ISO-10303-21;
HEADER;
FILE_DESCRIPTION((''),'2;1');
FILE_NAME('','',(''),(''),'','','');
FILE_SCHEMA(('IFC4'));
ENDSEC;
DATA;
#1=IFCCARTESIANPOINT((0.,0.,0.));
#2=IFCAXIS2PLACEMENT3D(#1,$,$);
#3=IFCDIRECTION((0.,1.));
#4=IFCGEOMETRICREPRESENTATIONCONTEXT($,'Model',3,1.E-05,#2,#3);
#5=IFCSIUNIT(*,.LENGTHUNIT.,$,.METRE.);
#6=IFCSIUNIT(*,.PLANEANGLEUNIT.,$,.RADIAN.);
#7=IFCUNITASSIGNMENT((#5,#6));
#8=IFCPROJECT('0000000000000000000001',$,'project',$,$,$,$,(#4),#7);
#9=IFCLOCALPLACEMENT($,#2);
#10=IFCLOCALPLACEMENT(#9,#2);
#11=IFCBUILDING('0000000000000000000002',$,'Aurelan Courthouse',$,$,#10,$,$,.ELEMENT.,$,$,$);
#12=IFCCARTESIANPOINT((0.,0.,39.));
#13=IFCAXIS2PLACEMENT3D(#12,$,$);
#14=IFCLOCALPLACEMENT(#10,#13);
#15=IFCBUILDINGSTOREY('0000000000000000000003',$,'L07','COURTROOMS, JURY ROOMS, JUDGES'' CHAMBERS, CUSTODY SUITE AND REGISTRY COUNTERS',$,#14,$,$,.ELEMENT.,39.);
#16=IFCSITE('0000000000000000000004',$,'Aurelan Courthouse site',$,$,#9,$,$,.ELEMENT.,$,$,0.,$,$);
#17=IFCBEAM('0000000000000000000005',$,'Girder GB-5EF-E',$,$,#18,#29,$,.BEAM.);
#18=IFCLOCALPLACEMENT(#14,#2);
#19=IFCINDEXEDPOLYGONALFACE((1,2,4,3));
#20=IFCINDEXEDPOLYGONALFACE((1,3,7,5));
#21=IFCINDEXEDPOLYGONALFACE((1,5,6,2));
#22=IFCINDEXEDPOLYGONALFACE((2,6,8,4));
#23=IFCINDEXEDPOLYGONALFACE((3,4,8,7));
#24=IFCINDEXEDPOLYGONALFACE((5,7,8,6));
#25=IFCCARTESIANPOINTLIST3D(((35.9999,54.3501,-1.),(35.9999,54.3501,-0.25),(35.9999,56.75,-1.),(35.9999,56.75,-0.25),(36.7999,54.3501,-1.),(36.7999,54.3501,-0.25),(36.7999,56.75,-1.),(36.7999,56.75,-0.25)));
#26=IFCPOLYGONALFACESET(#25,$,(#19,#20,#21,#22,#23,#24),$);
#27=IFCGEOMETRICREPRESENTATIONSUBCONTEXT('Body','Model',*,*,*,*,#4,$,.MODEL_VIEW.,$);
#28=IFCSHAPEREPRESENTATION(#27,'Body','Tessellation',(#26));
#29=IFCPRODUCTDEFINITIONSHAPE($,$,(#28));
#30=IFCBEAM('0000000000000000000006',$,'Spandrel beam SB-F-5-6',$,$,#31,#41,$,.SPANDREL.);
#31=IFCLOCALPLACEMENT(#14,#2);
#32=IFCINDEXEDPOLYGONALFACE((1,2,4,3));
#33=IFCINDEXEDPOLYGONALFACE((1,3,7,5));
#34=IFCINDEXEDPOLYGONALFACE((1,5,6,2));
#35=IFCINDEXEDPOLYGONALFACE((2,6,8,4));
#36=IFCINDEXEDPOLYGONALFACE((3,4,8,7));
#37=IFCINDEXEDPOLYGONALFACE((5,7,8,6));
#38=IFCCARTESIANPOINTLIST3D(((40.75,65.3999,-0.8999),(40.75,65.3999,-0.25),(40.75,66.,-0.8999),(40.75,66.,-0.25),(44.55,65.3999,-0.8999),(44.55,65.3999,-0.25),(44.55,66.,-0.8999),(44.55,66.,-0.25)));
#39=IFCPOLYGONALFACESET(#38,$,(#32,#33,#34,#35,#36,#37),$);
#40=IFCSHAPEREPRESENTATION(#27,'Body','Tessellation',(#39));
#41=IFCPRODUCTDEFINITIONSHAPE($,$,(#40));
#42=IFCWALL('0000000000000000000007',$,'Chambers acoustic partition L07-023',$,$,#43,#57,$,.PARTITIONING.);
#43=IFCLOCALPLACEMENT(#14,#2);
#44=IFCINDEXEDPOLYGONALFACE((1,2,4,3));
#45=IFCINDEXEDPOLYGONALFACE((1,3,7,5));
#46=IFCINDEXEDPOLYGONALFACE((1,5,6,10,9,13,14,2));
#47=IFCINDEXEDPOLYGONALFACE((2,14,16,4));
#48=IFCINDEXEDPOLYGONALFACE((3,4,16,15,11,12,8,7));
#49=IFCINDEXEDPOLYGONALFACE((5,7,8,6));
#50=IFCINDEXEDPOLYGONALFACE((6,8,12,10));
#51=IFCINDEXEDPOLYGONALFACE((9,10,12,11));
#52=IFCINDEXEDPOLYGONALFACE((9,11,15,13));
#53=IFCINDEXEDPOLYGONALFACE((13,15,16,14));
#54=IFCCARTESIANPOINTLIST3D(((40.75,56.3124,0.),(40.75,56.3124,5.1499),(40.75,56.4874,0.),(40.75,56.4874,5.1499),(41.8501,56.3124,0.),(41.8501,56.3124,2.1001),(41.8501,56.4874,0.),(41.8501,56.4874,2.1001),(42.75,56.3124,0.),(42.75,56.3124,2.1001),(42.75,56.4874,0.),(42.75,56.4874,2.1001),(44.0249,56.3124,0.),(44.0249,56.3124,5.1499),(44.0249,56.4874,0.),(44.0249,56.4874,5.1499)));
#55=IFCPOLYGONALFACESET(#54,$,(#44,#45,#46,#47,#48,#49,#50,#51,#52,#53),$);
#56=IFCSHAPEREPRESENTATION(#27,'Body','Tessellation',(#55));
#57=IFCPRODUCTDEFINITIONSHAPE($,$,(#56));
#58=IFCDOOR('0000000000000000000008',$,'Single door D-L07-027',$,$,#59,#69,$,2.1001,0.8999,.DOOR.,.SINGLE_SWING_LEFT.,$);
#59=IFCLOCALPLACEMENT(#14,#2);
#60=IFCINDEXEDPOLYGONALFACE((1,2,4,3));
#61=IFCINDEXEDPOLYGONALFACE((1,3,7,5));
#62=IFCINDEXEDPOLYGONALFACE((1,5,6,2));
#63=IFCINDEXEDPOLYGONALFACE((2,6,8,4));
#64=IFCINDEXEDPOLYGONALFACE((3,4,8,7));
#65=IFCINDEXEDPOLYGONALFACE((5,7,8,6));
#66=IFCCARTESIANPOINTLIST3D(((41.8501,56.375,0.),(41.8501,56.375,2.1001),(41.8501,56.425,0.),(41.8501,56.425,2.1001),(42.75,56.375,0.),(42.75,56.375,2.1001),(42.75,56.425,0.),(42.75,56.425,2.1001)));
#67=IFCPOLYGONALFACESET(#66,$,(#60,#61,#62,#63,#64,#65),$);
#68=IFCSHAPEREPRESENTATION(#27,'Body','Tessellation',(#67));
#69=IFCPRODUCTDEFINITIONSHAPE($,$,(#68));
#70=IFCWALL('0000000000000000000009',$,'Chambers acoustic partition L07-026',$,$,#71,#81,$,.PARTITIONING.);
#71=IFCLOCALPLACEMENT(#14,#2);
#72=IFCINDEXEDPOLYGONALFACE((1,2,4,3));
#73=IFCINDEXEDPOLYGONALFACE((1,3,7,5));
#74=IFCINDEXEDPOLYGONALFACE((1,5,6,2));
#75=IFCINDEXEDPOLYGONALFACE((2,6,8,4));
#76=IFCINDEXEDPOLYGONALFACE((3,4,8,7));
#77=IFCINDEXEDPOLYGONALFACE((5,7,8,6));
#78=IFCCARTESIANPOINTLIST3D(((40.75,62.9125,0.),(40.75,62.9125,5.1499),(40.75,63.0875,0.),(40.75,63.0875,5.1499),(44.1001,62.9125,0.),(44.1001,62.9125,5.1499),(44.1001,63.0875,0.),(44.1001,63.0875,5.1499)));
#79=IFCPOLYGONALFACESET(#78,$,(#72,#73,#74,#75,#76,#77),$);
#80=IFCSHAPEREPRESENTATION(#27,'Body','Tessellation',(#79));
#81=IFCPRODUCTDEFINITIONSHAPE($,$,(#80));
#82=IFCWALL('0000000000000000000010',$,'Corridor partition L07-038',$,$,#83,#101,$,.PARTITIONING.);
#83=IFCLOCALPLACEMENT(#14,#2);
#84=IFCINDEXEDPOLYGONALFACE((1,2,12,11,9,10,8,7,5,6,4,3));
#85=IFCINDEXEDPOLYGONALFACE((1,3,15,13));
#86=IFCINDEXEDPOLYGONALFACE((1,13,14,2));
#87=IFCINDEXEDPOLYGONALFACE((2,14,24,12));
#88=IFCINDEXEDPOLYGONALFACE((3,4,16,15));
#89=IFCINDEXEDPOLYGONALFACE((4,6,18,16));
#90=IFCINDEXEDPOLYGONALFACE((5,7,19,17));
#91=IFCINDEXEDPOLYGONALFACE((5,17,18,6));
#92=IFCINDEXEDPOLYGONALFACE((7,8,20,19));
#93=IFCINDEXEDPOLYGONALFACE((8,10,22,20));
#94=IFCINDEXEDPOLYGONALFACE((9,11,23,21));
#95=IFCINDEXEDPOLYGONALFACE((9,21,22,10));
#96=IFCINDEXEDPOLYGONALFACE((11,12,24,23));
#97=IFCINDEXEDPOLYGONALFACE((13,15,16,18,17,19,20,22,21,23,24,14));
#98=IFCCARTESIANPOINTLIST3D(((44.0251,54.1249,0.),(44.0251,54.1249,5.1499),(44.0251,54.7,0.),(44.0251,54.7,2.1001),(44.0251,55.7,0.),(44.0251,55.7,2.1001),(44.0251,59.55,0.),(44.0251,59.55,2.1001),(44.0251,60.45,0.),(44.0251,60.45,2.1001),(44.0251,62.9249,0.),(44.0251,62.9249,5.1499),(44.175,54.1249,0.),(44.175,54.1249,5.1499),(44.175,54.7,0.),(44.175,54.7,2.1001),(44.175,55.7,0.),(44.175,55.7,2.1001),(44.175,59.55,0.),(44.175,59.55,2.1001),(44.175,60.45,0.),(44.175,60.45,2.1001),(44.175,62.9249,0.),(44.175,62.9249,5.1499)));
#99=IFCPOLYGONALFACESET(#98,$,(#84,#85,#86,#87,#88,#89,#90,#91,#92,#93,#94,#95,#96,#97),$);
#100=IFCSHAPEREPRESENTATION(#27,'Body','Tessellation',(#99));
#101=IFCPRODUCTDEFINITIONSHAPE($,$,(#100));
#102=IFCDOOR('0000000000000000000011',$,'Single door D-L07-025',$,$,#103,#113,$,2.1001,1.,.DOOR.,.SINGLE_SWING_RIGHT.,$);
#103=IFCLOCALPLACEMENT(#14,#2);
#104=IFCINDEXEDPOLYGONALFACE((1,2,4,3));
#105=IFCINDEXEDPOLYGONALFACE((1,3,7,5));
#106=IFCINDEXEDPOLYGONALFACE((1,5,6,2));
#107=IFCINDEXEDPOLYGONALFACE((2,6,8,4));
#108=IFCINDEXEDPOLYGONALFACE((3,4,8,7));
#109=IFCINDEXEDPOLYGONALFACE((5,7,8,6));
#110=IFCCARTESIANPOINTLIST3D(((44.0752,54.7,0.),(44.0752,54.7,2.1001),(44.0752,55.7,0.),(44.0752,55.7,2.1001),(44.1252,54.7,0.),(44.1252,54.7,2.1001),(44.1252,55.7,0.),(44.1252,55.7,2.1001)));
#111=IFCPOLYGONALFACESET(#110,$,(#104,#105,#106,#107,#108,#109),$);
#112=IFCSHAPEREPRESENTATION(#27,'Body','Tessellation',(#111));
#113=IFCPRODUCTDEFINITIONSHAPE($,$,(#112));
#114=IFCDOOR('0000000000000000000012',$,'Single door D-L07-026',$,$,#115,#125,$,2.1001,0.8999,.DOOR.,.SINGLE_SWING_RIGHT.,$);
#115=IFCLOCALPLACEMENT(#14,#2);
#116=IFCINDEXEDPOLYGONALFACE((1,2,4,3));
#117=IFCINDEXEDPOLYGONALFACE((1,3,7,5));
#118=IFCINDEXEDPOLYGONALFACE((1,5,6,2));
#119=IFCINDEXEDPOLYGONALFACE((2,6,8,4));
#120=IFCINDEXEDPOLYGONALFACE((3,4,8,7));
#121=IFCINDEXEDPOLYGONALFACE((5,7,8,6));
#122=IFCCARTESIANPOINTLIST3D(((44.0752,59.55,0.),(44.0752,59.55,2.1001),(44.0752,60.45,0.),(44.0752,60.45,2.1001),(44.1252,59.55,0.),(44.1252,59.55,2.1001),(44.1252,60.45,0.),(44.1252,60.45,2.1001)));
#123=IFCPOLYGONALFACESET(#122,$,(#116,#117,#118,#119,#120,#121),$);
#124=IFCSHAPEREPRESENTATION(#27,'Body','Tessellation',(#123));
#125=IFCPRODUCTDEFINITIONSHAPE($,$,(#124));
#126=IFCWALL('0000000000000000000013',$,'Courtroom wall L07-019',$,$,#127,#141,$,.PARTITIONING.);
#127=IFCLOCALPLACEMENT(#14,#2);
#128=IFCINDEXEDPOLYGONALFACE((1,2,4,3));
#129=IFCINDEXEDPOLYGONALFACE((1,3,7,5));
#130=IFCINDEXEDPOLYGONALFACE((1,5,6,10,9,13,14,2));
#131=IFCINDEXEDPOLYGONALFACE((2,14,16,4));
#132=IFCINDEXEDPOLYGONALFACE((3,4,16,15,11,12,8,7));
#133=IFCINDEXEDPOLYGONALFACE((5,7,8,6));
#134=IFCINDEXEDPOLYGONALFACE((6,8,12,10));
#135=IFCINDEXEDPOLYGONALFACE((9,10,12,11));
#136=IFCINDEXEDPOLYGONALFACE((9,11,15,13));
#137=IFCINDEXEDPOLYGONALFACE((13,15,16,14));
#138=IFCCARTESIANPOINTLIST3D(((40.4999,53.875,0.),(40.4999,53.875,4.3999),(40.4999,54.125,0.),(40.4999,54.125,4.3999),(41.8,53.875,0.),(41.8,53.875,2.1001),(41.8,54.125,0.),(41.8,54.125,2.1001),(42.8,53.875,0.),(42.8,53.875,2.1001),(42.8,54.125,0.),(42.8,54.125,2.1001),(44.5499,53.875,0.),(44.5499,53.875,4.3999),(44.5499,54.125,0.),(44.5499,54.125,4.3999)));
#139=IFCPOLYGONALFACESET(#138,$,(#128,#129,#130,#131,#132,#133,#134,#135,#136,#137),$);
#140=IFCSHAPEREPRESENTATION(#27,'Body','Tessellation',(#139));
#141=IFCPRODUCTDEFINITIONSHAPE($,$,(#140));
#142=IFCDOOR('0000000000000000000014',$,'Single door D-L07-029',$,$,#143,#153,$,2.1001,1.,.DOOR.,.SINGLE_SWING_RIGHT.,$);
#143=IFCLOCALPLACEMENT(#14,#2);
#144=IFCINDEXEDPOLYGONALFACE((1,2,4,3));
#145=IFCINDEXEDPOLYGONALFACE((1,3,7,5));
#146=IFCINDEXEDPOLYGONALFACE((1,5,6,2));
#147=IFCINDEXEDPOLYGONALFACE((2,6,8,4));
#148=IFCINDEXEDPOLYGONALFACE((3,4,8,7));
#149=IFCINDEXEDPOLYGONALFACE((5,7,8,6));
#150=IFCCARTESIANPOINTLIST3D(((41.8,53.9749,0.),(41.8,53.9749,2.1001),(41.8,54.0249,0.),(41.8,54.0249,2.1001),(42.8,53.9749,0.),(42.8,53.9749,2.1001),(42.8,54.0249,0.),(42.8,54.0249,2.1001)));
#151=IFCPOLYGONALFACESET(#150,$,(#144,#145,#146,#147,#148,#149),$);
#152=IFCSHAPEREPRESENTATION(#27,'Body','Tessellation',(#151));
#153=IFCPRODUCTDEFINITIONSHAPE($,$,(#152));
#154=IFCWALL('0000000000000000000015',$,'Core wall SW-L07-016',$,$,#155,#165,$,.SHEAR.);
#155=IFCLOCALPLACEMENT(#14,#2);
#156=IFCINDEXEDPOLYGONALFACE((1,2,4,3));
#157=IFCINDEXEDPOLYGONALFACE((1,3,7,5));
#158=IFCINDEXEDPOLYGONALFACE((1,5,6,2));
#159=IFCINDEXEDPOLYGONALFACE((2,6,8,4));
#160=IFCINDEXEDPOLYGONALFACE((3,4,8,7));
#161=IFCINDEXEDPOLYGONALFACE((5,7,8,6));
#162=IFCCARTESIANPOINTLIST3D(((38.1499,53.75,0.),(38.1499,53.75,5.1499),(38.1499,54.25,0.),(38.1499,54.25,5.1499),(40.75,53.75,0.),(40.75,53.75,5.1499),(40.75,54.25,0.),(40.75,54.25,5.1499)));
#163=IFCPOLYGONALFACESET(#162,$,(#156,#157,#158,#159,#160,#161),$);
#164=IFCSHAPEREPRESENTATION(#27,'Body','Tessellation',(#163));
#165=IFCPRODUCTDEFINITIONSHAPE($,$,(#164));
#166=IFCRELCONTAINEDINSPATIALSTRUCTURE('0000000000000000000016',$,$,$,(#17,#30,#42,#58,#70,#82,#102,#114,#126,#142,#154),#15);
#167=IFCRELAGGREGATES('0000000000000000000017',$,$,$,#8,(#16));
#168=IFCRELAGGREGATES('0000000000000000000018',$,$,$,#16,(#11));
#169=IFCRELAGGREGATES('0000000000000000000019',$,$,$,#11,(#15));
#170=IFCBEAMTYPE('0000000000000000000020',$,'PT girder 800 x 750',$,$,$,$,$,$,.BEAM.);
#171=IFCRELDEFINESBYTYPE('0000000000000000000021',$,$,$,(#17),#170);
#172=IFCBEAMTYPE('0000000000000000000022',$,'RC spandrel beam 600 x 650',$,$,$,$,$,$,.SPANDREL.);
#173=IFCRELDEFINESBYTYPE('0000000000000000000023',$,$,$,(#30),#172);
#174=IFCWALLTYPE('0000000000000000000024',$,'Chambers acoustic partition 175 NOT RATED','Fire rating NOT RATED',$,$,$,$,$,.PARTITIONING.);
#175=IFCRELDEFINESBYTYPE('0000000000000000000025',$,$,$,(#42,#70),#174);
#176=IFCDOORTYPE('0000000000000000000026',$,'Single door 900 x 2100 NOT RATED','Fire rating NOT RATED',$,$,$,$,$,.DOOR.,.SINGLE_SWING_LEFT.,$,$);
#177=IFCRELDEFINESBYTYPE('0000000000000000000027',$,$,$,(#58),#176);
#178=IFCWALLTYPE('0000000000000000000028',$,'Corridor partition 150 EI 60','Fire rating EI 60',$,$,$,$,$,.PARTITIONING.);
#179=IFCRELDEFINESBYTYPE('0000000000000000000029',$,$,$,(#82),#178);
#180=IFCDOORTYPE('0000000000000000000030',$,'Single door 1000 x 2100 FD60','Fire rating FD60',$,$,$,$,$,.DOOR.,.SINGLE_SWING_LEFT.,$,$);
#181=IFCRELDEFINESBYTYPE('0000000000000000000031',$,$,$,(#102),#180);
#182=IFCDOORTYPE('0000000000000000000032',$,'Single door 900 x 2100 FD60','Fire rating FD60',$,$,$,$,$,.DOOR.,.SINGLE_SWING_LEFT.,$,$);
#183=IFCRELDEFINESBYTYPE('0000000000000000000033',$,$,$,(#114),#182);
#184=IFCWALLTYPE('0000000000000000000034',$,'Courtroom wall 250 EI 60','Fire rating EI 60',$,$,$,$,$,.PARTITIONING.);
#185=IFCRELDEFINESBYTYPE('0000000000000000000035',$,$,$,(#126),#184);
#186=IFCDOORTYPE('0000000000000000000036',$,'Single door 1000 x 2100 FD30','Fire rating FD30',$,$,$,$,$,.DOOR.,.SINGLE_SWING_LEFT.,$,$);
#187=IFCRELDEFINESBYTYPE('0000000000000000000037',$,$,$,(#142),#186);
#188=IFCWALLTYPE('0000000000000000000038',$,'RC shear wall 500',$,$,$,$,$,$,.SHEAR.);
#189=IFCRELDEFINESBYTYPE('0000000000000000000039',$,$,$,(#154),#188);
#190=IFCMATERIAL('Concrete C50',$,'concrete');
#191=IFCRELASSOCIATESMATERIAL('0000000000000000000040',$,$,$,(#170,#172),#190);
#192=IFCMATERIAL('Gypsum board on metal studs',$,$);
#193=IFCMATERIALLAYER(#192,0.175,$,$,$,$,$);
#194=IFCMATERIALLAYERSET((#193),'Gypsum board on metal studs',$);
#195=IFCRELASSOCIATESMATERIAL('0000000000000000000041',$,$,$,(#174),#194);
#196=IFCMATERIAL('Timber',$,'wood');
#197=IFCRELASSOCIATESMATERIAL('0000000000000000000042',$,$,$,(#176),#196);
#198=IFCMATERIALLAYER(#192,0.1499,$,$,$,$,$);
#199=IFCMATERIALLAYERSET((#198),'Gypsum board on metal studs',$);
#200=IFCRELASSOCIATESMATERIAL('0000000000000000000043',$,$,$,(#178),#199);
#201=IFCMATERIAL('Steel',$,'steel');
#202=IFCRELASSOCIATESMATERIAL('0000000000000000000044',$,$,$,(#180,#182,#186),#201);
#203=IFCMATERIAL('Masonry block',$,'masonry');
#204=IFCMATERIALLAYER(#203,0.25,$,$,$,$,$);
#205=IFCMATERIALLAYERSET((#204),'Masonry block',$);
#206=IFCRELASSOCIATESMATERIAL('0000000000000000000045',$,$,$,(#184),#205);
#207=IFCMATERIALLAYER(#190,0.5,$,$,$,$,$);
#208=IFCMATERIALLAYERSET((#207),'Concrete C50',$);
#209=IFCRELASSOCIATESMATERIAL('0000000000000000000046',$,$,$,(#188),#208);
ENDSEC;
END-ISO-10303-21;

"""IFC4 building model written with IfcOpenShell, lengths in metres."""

from ifc_helpers import new_model, si_unit, direction, frame, frame_2d, origin, origin_2d, place, context, subcontext, project, spatial, rectangle, extrude, material, layer, layer_set, material_profile, profile_set, type_object, element, fill, save


model = new_model("IFC4")

# Units and contexts
model_context = context("Model", 3, precision=1e-05, world=origin(), true_north=direction((0.0, 1.0)))
body_context = subcontext(model_context, "Body", "Model", "MODEL_VIEW")
ifc_project = project(units=[si_unit("LENGTHUNIT", "METRE"), si_unit("PLANEANGLEUNIT", "RADIAN")], contexts=[model_context])

# Site, building, storey
site_placement = place(None, origin())
site = spatial("IfcSite", under=ifc_project, at=site_placement, Name="Aurelan Courthouse site", CompositionType="ELEMENT", RefElevation=0.0)
building_placement = place(site_placement, origin())
building = spatial("IfcBuilding", under=site, at=building_placement, Name="Aurelan Courthouse", CompositionType="ELEMENT")
storey_placement = place(building_placement, frame((0.0, 0.0, 39.0)))
storey = spatial("IfcBuildingStorey", under=building, at=storey_placement, Name="L07", Description="COURTROOMS, JURY ROOMS, JUDGES' CHAMBERS, CUSTODY SUITE AND REGISTRY COUNTERS", CompositionType="ELEMENT", Elevation=39.0)

# Beams
ifc_material_1 = material(Name="Concrete C50", Category="concrete")
ifc_material_profile_1 = material_profile(ifc_material_1, rectangle(XDim=0.8, YDim=0.75, at=origin_2d()), Name="RC 800 x 750")
ifc_profile_set_1 = profile_set([ifc_material_profile_1], Name="Concrete C50")
beam_type_1 = type_object("IfcBeamType", Name="PT girder 800 x 750", PredefinedType="BEAM", material=ifc_profile_set_1)
beam_1_placement = place(storey_placement, frame((36.3999, 54.3501, -0.625), z_axis=(0.0, 1.0, 0.0), x_axis=(-1.0, 0.0, 0.0)))
element("IfcBeam", 1, at=beam_1_placement, inside=storey, type_object=beam_type_1, Name="Girder GB-5EF-E", PredefinedType="BEAM", context=body_context, shape_type="SweptSolid", body=[
    extrude(rectangle(XDim=0.8, YDim=0.75, at=origin_2d()), origin(), (0.0, 0.0, 1.0), 2.3999),
])
ifc_material_profile_2 = material_profile(ifc_material_1, rectangle(XDim=0.6001, YDim=0.6499, at=origin_2d()), Name="RC 600 x 650")
ifc_profile_set_2 = profile_set([ifc_material_profile_2], Name="Concrete C50")
beam_type_2 = type_object("IfcBeamType", Name="RC spandrel beam 600 x 650", PredefinedType="SPANDREL", material=ifc_profile_set_2)
beam_2_placement = place(storey_placement, frame((40.75, 65.7, -0.575), z_axis=(1.0, 0.0, 0.0), x_axis=(0.0, 1.0, 0.0)))
element("IfcBeam", 2, at=beam_2_placement, inside=storey, type_object=beam_type_2, Name="Spandrel beam SB-F-5-6", PredefinedType="SPANDREL", context=body_context, shape_type="SweptSolid", body=[
    extrude(rectangle(XDim=0.6001, YDim=0.6499, at=origin_2d()), origin(), (0.0, 0.0, 1.0), 3.8),
])

# Wall, opening, door
ifc_material_2 = material(Name="Gypsum board on metal studs")
ifc_layer_1 = layer(ifc_material_2, 0.175)
ifc_layer_set_1 = layer_set([ifc_layer_1], Name="Gypsum board on metal studs")
wall_type_1 = type_object("IfcWallType", Name="Chambers acoustic partition 175 NOT RATED", Description="Fire rating NOT RATED", PredefinedType="PARTITIONING", material=ifc_layer_set_1)
wall_1_placement = place(storey_placement, frame((40.75, 56.3999, 0.0), z_axis=(0.0, 0.0, 1.0), x_axis=(1.0, 0.0, 0.0)))
wall_1 = element("IfcWall", 3, at=wall_1_placement, inside=storey, type_object=wall_type_1, Name="Chambers acoustic partition L07-023", PredefinedType="PARTITIONING", context=body_context, shape_type="SweptSolid", body=[
    extrude(rectangle(XDim=3.2749, YDim=0.175, at=frame_2d((1.6375, 0.0))), origin(), (0.0, 0.0, 1.0), 5.1499),
])
opening_1_placement = place(wall_1_placement, frame((2.0, 0.0, 0.0), z_axis=(0.0, 0.0, 1.0), x_axis=(-1.0, 0.0, 0.0)))
opening_1 = element("IfcOpeningElement", 4, at=opening_1_placement, cuts=wall_1, PredefinedType="OPENING", context=body_context, shape_type="SweptSolid", body=[
    extrude(rectangle(XDim=0.8999, YDim=2.1001, at=frame_2d((0.45, 1.05))), frame((0.0, 0.0974, 0.0), z_axis=(0.0, -1.0, 0.0), x_axis=(1.0, 0.0, 0.0)), (0.0, 0.0, 1.0), 0.1951),
])
ifc_material_3 = material(Name="Timber", Category="wood")
door_type_1 = type_object("IfcDoorType", Name="Single door 900 x 2100 NOT RATED", Description="Fire rating NOT RATED", OperationType="SINGLE_SWING_LEFT", PredefinedType="DOOR", material=ifc_material_3)
door_1_placement = place(opening_1_placement, origin())
door_1 = element("IfcDoor", 5, at=door_1_placement, inside=storey, type_object=door_type_1, Name="Single door D-L07-027", OperationType="SINGLE_SWING_LEFT", OverallHeight=2.1001, OverallWidth=0.8999, PredefinedType="DOOR", context=body_context, shape_type="SweptSolid", body=[
    extrude(rectangle(XDim=0.8999, YDim=2.1001, at=frame_2d((0.45, 1.05))), frame((0.0, 0.0249, 0.0), z_axis=(0.0, -1.0, 0.0), x_axis=(1.0, 0.0, 0.0)), (0.0, 0.0, 1.0), 0.05),
])
fill(opening_1, door_1)

# Wall
wall_2_placement = place(storey_placement, frame((40.75, 63.0, 0.0), z_axis=(0.0, 0.0, 1.0), x_axis=(1.0, 0.0, 0.0)))
element("IfcWall", 6, at=wall_2_placement, inside=storey, type_object=wall_type_1, Name="Chambers acoustic partition L07-026", PredefinedType="PARTITIONING", context=body_context, shape_type="SweptSolid", body=[
    extrude(rectangle(XDim=3.3501, YDim=0.175, at=frame_2d((1.675, 0.0))), origin(), (0.0, 0.0, 1.0), 5.1499),
])

# Wall, openings, doors
ifc_layer_2 = layer(ifc_material_2, 0.1499)
ifc_layer_set_2 = layer_set([ifc_layer_2], Name="Gypsum board on metal studs")
wall_type_2 = type_object("IfcWallType", Name="Corridor partition 150 EI 60", Description="Fire rating EI 60", PredefinedType="PARTITIONING", material=ifc_layer_set_2)
wall_3_placement = place(storey_placement, frame((44.1001, 54.125, 0.0), z_axis=(0.0, 0.0, 1.0), x_axis=(0.0, 1.0, 0.0)))
wall_3 = element("IfcWall", 7, at=wall_3_placement, inside=storey, type_object=wall_type_2, Name="Corridor partition L07-038", PredefinedType="PARTITIONING", context=body_context, shape_type="SweptSolid", body=[
    extrude(rectangle(XDim=8.8, YDim=0.1499, at=frame_2d((4.3999, 0.0))), origin(), (0.0, 0.0, 1.0), 5.1499),
])
opening_2_placement = place(wall_3_placement, frame((0.575, 0.0, 0.0)))
opening_2 = element("IfcOpeningElement", 8, at=opening_2_placement, cuts=wall_3, PredefinedType="OPENING", context=body_context, shape_type="SweptSolid", body=[
    extrude(rectangle(XDim=1.0, YDim=2.1001, at=frame_2d((0.5, 1.05))), frame((0.0, 0.085, 0.0), z_axis=(0.0, -1.0, 0.0), x_axis=(1.0, 0.0, 0.0)), (0.0, 0.0, 1.0), 0.1699),
])
opening_3_placement = place(wall_3_placement, frame((5.425, 0.0, 0.0)))
opening_3 = element("IfcOpeningElement", 9, at=opening_3_placement, cuts=wall_3, PredefinedType="OPENING", context=body_context, shape_type="SweptSolid", body=[
    extrude(rectangle(XDim=0.8999, YDim=2.1001, at=frame_2d((0.45, 1.05))), frame((0.0, 0.085, 0.0), z_axis=(0.0, -1.0, 0.0), x_axis=(1.0, 0.0, 0.0)), (0.0, 0.0, 1.0), 0.1699),
])
ifc_material_4 = material(Name="Steel", Category="steel")
door_type_2 = type_object("IfcDoorType", Name="Single door 1000 x 2100 FD60", Description="Fire rating FD60", OperationType="SINGLE_SWING_LEFT", PredefinedType="DOOR", material=ifc_material_4)
door_2_placement = place(opening_2_placement, origin())
door_2 = element("IfcDoor", 10, at=door_2_placement, inside=storey, type_object=door_type_2, Name="Single door D-L07-025", OperationType="SINGLE_SWING_RIGHT", OverallHeight=2.1001, OverallWidth=1.0, PredefinedType="DOOR", context=body_context, shape_type="SweptSolid", body=[
    extrude(rectangle(XDim=1.0, YDim=2.1001, at=frame_2d((0.5, 1.05))), frame((0.0, 0.0249, 0.0), z_axis=(0.0, -1.0, 0.0), x_axis=(1.0, 0.0, 0.0)), (0.0, 0.0, 1.0), 0.05),
])
fill(opening_2, door_2)
door_type_3 = type_object("IfcDoorType", Name="Single door 900 x 2100 FD60", Description="Fire rating FD60", OperationType="SINGLE_SWING_LEFT", PredefinedType="DOOR", material=ifc_material_4)
door_3_placement = place(opening_3_placement, origin())
door_3 = element("IfcDoor", 11, at=door_3_placement, inside=storey, type_object=door_type_3, Name="Single door D-L07-026", OperationType="SINGLE_SWING_RIGHT", OverallHeight=2.1001, OverallWidth=0.8999, PredefinedType="DOOR", context=body_context, shape_type="SweptSolid", body=[
    extrude(rectangle(XDim=0.8999, YDim=2.1001, at=frame_2d((0.45, 1.05))), frame((0.0, 0.0249, 0.0), z_axis=(0.0, -1.0, 0.0), x_axis=(1.0, 0.0, 0.0)), (0.0, 0.0, 1.0), 0.05),
])
fill(opening_3, door_3)

# Wall, opening, door
ifc_material_5 = material(Name="Masonry block", Category="masonry")
ifc_layer_3 = layer(ifc_material_5, 0.25)
ifc_layer_set_3 = layer_set([ifc_layer_3], Name="Masonry block")
wall_type_3 = type_object("IfcWallType", Name="Courtroom wall 250 EI 60", Description="Fire rating EI 60", PredefinedType="PARTITIONING", material=ifc_layer_set_3)
wall_4_placement = place(storey_placement, frame((40.5, 54.0, 0.0), z_axis=(0.0, 0.0, 1.0), x_axis=(1.0, 0.0, 0.0)))
wall_4 = element("IfcWall", 12, at=wall_4_placement, inside=storey, type_object=wall_type_3, Name="Courtroom wall L07-019", PredefinedType="PARTITIONING", context=body_context, shape_type="SweptSolid", body=[
    extrude(rectangle(XDim=4.05, YDim=0.25, at=frame_2d((2.0249, 0.0))), origin(), (0.0, 0.0, 1.0), 4.3999),
])
opening_4_placement = place(wall_4_placement, frame((1.3, 0.0, 0.0)))
opening_4 = element("IfcOpeningElement", 13, at=opening_4_placement, cuts=wall_4, PredefinedType="OPENING", context=body_context, shape_type="SweptSolid", body=[
    extrude(rectangle(XDim=1.0, YDim=2.1001, at=frame_2d((0.5, 1.05))), frame((0.0, 0.135, 0.0), z_axis=(0.0, -1.0, 0.0), x_axis=(1.0, 0.0, 0.0)), (0.0, 0.0, 1.0), 0.27),
])
door_type_4 = type_object("IfcDoorType", Name="Single door 1000 x 2100 FD30", Description="Fire rating FD30", OperationType="SINGLE_SWING_LEFT", PredefinedType="DOOR", material=ifc_material_4)
door_4_placement = place(opening_4_placement, origin())
door_4 = element("IfcDoor", 14, at=door_4_placement, inside=storey, type_object=door_type_4, Name="Single door D-L07-029", OperationType="SINGLE_SWING_RIGHT", OverallHeight=2.1001, OverallWidth=1.0, PredefinedType="DOOR", context=body_context, shape_type="SweptSolid", body=[
    extrude(rectangle(XDim=1.0, YDim=2.1001, at=frame_2d((0.5, 1.05))), frame((0.0, 0.0249, 0.0), z_axis=(0.0, -1.0, 0.0), x_axis=(1.0, 0.0, 0.0)), (0.0, 0.0, 1.0), 0.05),
])
fill(opening_4, door_4)

# Wall
ifc_layer_4 = layer(ifc_material_1, 0.5)
ifc_layer_set_4 = layer_set([ifc_layer_4], Name="Concrete C50")
wall_type_4 = type_object("IfcWallType", Name="RC shear wall 500", PredefinedType="SHEAR", material=ifc_layer_set_4)
wall_5_placement = place(storey_placement, frame((38.1499, 54.0, 0.0), z_axis=(0.0, 0.0, 1.0), x_axis=(1.0, 0.0, 0.0)))
element("IfcWall", 15, at=wall_5_placement, inside=storey, type_object=wall_type_4, Name="Core wall SW-L07-016", PredefinedType="SHEAR", context=body_context, shape_type="SweptSolid", body=[
    extrude(rectangle(XDim=2.6001, YDim=0.5, at=frame_2d((1.3, 0.0))), origin(), (0.0, 0.0, 1.0), 5.1499),
])

save(model, "model.ifc")
